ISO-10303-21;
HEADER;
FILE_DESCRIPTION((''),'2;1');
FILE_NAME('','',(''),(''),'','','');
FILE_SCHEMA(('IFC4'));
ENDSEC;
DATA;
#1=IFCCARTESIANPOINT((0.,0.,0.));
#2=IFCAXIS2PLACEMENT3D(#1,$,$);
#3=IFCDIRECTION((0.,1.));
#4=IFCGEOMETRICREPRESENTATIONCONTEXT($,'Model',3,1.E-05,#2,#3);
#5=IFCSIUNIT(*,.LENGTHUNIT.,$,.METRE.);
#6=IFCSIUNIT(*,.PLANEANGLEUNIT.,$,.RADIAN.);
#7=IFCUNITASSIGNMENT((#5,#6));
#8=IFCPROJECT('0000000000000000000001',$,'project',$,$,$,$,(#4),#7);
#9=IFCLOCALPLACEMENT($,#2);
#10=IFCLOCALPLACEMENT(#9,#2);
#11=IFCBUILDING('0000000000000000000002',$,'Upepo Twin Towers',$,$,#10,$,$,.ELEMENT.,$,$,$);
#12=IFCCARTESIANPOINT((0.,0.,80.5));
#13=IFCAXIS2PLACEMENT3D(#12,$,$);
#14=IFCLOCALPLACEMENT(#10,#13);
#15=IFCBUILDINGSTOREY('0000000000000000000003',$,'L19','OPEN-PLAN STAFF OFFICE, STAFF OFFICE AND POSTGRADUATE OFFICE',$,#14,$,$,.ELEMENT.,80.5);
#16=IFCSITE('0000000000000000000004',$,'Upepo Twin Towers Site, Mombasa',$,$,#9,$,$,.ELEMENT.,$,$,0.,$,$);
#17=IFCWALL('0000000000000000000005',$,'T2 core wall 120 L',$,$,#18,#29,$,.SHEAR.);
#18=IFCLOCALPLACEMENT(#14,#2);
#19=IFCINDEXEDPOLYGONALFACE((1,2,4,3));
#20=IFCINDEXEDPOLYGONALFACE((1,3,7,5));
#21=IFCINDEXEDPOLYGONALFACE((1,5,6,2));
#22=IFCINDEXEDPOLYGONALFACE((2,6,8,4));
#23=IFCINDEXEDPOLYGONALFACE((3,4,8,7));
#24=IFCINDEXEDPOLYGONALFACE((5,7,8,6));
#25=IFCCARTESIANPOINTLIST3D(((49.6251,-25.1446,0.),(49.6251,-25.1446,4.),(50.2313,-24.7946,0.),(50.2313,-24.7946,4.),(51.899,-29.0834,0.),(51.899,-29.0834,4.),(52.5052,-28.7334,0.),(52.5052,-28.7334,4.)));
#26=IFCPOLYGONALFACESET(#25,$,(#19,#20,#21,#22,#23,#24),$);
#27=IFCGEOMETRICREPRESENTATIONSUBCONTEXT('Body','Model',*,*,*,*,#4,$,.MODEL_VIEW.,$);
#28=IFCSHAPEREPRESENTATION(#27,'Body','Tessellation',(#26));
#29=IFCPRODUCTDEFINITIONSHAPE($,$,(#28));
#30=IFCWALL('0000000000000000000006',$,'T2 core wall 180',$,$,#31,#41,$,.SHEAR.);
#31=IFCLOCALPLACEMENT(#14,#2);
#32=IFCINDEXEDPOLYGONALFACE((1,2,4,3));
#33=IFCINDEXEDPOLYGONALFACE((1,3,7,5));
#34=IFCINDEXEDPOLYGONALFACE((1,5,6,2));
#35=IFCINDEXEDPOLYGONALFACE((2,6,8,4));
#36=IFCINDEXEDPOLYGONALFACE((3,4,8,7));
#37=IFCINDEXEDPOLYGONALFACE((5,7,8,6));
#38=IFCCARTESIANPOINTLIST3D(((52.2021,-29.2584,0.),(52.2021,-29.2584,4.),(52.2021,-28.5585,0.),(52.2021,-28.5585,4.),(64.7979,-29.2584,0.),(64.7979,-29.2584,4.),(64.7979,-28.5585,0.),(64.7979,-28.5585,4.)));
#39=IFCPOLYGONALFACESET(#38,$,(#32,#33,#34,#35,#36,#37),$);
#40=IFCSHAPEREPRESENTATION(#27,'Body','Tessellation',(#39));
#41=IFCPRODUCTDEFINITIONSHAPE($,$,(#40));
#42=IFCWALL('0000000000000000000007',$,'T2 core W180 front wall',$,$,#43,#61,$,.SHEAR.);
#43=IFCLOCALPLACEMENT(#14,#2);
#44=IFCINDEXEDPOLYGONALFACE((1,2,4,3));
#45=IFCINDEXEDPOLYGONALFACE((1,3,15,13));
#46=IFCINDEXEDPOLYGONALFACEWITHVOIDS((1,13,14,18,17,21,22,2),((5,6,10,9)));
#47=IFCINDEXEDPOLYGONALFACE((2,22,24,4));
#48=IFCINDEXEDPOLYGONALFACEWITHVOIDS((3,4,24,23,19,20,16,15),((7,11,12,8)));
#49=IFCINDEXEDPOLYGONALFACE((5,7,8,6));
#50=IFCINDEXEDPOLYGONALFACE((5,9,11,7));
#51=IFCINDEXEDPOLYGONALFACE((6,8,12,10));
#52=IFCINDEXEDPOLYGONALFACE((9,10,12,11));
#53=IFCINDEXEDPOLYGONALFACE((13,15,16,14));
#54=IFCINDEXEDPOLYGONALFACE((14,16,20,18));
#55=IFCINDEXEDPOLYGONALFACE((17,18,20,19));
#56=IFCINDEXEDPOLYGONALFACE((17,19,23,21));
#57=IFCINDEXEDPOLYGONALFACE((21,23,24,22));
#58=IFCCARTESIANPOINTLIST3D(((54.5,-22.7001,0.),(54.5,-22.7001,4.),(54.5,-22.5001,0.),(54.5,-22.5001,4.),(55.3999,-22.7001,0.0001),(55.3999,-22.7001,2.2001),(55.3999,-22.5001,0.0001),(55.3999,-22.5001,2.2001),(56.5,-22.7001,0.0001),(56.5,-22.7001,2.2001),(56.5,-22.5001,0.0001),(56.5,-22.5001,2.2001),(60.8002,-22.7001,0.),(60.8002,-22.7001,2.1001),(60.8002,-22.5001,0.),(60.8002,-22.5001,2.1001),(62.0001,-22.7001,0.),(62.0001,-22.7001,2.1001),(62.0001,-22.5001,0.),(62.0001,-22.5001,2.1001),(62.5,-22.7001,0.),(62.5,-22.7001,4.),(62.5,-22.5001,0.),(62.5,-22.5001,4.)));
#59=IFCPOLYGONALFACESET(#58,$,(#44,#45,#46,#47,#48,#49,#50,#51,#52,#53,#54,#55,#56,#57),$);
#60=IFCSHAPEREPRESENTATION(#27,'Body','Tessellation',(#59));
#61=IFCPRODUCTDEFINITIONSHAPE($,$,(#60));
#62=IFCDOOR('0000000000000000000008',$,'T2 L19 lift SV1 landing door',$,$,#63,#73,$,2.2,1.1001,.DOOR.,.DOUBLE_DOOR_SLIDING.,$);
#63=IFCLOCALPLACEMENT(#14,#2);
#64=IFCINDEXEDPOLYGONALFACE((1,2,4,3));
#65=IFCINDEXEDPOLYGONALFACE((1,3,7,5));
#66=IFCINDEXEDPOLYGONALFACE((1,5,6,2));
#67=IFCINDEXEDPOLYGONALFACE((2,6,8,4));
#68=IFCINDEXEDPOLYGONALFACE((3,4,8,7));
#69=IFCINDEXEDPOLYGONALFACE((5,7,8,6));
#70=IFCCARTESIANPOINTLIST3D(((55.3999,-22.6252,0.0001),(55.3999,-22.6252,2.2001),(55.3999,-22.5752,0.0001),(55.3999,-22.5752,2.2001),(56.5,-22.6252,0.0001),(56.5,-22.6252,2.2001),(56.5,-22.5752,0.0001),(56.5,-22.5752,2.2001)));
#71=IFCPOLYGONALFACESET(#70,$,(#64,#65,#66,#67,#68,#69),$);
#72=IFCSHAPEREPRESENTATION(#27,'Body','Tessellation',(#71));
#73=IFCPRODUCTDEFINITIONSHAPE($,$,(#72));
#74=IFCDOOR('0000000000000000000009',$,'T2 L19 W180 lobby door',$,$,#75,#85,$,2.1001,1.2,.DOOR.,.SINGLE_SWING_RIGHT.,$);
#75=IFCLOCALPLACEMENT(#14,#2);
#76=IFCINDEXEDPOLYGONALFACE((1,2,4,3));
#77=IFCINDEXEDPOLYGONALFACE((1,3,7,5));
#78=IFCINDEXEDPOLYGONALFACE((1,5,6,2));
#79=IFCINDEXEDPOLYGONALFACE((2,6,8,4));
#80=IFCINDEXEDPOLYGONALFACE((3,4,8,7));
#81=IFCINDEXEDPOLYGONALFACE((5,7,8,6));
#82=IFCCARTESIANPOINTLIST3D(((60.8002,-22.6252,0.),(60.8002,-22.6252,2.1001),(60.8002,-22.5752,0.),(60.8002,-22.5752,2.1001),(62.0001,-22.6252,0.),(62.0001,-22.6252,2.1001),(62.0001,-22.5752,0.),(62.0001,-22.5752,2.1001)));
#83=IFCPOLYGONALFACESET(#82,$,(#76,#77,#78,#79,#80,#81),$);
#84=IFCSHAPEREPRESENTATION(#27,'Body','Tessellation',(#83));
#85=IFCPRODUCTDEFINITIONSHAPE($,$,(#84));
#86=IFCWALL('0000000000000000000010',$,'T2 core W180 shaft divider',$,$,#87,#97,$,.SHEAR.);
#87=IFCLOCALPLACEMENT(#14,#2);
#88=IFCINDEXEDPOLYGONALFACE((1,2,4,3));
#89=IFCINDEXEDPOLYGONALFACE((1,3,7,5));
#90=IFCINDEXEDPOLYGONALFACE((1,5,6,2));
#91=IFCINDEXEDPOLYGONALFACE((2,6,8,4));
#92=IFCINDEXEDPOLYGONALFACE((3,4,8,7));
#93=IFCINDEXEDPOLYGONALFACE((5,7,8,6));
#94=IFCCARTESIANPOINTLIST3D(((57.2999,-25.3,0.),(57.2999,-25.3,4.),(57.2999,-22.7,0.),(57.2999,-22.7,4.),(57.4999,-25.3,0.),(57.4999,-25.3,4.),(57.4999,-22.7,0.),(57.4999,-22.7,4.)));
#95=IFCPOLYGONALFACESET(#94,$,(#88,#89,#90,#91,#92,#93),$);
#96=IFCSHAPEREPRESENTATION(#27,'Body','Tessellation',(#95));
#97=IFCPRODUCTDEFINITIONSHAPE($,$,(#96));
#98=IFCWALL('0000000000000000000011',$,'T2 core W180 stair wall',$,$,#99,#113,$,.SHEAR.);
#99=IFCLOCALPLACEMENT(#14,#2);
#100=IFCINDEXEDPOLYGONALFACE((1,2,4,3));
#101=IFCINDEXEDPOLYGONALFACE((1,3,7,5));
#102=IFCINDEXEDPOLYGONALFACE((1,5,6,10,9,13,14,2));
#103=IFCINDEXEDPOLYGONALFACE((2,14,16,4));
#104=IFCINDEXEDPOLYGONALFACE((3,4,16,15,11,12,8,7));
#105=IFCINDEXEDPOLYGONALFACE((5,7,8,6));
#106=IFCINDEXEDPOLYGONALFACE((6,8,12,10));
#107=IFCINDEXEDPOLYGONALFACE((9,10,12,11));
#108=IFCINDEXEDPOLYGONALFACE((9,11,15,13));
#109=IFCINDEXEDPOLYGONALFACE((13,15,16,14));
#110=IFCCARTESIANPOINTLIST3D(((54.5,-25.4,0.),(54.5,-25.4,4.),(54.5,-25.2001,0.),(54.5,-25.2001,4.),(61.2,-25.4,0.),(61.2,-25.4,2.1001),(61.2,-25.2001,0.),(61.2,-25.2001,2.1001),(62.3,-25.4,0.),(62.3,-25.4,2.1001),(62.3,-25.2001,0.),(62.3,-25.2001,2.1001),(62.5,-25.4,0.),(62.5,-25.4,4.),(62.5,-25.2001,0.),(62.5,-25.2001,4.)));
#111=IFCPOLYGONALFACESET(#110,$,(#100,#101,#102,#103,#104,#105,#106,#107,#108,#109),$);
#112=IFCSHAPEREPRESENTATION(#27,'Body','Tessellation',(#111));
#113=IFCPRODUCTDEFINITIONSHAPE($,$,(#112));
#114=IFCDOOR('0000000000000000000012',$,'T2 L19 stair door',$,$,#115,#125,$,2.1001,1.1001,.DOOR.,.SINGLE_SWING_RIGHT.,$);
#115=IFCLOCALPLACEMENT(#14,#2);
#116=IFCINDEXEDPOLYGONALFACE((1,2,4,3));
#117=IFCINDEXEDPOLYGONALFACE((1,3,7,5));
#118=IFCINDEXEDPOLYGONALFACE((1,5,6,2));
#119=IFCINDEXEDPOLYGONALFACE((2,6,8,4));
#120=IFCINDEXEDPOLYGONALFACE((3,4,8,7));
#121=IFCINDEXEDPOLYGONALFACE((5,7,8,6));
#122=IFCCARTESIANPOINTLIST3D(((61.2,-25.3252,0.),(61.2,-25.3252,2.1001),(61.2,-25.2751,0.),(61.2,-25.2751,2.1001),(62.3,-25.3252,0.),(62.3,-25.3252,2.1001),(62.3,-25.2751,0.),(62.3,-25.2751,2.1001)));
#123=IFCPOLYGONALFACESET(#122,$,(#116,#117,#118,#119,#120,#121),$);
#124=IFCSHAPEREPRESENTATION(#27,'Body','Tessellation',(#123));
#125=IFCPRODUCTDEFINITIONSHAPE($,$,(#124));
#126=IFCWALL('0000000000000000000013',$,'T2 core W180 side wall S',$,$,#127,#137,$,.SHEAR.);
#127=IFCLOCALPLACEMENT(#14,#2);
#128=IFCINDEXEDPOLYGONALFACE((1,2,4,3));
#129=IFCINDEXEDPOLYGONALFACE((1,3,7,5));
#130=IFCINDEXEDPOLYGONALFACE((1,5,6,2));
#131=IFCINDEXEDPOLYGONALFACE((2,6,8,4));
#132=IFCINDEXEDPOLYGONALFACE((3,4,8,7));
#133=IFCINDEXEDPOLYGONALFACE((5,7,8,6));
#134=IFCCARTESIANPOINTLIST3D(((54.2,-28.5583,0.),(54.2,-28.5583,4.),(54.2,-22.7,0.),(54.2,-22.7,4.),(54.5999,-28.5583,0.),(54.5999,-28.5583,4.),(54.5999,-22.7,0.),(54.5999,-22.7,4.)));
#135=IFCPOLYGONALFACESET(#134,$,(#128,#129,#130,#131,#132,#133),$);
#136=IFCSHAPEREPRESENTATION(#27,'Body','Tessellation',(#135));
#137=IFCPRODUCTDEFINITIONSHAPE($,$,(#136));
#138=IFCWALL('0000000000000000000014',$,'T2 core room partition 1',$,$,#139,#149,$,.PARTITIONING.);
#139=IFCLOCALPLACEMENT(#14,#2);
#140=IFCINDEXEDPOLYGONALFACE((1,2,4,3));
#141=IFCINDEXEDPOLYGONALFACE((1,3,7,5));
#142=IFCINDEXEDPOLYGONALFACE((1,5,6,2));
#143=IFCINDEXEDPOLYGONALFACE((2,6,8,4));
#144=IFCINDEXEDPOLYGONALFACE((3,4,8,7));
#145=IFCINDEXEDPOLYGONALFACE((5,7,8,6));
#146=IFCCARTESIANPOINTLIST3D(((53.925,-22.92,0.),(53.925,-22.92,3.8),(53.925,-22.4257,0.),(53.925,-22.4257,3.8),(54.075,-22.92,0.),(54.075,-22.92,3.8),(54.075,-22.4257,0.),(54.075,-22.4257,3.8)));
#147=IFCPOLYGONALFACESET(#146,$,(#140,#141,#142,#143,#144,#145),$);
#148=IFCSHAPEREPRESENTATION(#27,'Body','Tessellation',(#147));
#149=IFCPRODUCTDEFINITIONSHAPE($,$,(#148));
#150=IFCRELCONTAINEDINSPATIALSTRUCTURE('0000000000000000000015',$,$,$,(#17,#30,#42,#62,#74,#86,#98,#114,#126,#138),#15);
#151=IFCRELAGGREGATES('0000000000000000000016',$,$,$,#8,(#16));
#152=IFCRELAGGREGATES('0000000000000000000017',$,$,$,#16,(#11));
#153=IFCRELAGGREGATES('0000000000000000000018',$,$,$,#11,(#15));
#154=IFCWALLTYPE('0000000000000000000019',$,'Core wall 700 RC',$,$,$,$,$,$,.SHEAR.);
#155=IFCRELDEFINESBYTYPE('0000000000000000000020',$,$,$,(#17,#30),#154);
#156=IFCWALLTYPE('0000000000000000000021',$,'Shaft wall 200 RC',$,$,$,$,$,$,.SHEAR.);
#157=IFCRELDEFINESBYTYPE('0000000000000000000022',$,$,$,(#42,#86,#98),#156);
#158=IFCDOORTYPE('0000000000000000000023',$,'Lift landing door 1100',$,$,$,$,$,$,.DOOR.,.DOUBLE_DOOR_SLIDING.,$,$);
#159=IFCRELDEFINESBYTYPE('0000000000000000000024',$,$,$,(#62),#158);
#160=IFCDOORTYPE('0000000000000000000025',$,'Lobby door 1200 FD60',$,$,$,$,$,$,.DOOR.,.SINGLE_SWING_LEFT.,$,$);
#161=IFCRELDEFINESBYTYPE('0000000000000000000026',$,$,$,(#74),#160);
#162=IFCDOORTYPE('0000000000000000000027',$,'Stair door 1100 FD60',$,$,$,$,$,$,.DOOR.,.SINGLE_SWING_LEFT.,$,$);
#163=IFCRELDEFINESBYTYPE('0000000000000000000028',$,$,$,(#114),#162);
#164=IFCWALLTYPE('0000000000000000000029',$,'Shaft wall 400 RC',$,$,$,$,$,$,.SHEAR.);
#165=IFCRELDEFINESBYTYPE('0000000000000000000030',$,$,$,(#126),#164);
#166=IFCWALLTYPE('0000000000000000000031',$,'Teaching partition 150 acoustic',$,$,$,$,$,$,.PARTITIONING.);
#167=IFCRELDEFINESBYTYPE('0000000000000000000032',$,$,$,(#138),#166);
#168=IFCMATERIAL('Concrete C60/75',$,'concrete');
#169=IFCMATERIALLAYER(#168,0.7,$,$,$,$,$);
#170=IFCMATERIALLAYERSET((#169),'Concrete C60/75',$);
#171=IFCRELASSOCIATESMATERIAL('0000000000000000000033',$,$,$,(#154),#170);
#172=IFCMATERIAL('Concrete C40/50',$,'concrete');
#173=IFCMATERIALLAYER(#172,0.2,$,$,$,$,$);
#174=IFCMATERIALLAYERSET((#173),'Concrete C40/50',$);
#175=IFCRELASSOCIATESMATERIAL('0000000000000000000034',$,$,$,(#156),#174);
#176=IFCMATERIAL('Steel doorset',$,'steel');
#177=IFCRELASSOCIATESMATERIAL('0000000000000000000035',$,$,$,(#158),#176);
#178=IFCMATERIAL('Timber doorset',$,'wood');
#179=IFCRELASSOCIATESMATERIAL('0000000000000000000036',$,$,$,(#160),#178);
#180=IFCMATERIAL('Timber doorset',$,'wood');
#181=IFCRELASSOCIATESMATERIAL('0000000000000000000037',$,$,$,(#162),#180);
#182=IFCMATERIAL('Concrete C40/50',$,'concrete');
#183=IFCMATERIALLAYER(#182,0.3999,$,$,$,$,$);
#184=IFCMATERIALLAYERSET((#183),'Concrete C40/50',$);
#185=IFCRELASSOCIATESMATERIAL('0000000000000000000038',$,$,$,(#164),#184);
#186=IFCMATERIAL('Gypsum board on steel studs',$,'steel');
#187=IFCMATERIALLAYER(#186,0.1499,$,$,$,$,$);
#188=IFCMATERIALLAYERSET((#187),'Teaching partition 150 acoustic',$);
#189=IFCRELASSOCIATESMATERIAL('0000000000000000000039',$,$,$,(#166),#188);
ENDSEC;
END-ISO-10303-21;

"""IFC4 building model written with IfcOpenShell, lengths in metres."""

from ifc_helpers import new_model, si_unit, direction, frame, frame_2d, origin, place, context, subcontext, project, spatial, rectangle, extrude, material, layer, layer_set, type_object, element, fill, save


model = new_model("IFC4")

# Units and contexts
model_context = context("Model", 3, precision=1e-05, world=origin(), true_north=direction((0.0, 1.0)))
body_context = subcontext(model_context, "Body", "Model", "MODEL_VIEW")
ifc_project = project(units=[si_unit("LENGTHUNIT", "METRE"), si_unit("PLANEANGLEUNIT", "RADIAN")], contexts=[model_context])

# Site, building, storey
site_placement = place(None, origin())
site = spatial("IfcSite", under=ifc_project, at=site_placement, Name="Upepo Twin Towers Site, Mombasa", CompositionType="ELEMENT", RefElevation=0.0)
building_placement = place(site_placement, origin())
building = spatial("IfcBuilding", under=site, at=building_placement, Name="Upepo Twin Towers", CompositionType="ELEMENT")
storey_placement = place(building_placement, frame((0.0, 0.0, 80.5)))
storey = spatial("IfcBuildingStorey", under=building, at=storey_placement, Name="L19", Description="OPEN-PLAN STAFF OFFICE, STAFF OFFICE AND POSTGRADUATE OFFICE", CompositionType="ELEMENT", Elevation=80.5)

# Walls
ifc_material_1 = material(Name="Concrete C60/75", Category="concrete")
ifc_layer_1 = layer(ifc_material_1, 0.7)
ifc_layer_set_1 = layer_set([ifc_layer_1], Name="Concrete C60/75")
wall_type_1 = type_object("IfcWallType", Name="Core wall 700 RC", PredefinedType="SHEAR", material=ifc_layer_set_1)
wall_1_placement = place(storey_placement, frame((49.9282, -24.9697, 0.0), z_axis=(0.0, 0.0, 1.0), x_axis=(0.499984, -0.866035, 0.0)))
element("IfcWall", 1, at=wall_1_placement, inside=storey, type_object=wall_type_1, Name="T2 core wall 120 L", PredefinedType="SHEAR", context=body_context, shape_type="SweptSolid", body=[
    extrude(rectangle(XDim=4.5481, YDim=0.7, at=frame_2d((2.2739, 0.0))), origin(), (0.0, 0.0, 1.0), 4.0),
])
wall_2_placement = place(storey_placement, frame((52.2021, -28.9084, 0.0), z_axis=(0.0, 0.0, 1.0), x_axis=(1.0, 0.0, 0.0)))
element("IfcWall", 2, at=wall_2_placement, inside=storey, type_object=wall_type_1, Name="T2 core wall 180", PredefinedType="SHEAR", context=body_context, shape_type="SweptSolid", body=[
    extrude(rectangle(XDim=12.5957, YDim=0.7, at=frame_2d((6.2979, 0.0))), origin(), (0.0, 0.0, 1.0), 4.0),
])

# Wall, openings, doors
ifc_material_2 = material(Name="Concrete C40/50", Category="concrete")
ifc_layer_2 = layer(ifc_material_2, 0.2)
ifc_layer_set_2 = layer_set([ifc_layer_2], Name="Concrete C40/50")
wall_type_2 = type_object("IfcWallType", Name="Shaft wall 200 RC", PredefinedType="SHEAR", material=ifc_layer_set_2)
wall_3_placement = place(storey_placement, frame((54.5, -22.6001, 0.0), z_axis=(0.0, 0.0, 1.0), x_axis=(1.0, 0.0, 0.0)))
wall_3 = element("IfcWall", 3, at=wall_3_placement, inside=storey, type_object=wall_type_2, Name="T2 core W180 front wall", PredefinedType="SHEAR", context=body_context, shape_type="SweptSolid", body=[
    extrude(rectangle(XDim=8.0, YDim=0.2, at=frame_2d((4.0, 0.0))), origin(), (0.0, 0.0, 1.0), 4.0),
])
opening_1_placement = place(wall_3_placement, frame((6.3, 0.0, 0.0)))
opening_1 = element("IfcOpeningElement", 4, at=opening_1_placement, cuts=wall_3, PredefinedType="OPENING", context=body_context, shape_type="SweptSolid", body=[
    extrude(rectangle(XDim=1.2, YDim=2.1001, at=frame_2d((0.6001, 1.05))), frame((0.0, 0.1099, 0.0), z_axis=(0.0, -1.0, 0.0), x_axis=(1.0, 0.0, 0.0)), (0.0, 0.0, 1.0), 0.22),
])
opening_2_placement = place(wall_3_placement, frame((0.8999, 0.0, 0.0)))
opening_2 = element("IfcOpeningElement", 5, at=opening_2_placement, cuts=wall_3, PredefinedType="OPENING", context=body_context, shape_type="SweptSolid", body=[
    extrude(rectangle(XDim=1.1001, YDim=2.2, at=frame_2d((0.55, 1.1001))), frame((0.0, 0.1099, 0.0), z_axis=(0.0, -1.0, 0.0), x_axis=(1.0, 0.0, 0.0)), (0.0, 0.0, 1.0), 0.22),
])
ifc_material_3 = material(Name="Steel doorset", Category="steel")
door_type_1 = type_object("IfcDoorType", Name="Lift landing door 1100", OperationType="DOUBLE_DOOR_SLIDING", PredefinedType="DOOR", material=ifc_material_3)
door_1_placement = place(opening_2_placement, origin())
door_1 = element("IfcDoor", 6, at=door_1_placement, inside=storey, type_object=door_type_1, Name="T2 L19 lift SV1 landing door", OperationType="DOUBLE_DOOR_SLIDING", OverallHeight=2.2, OverallWidth=1.1001, PredefinedType="DOOR", context=body_context, shape_type="SweptSolid", body=[
    extrude(rectangle(XDim=1.1001, YDim=2.2, at=frame_2d((0.55, 1.1001))), frame((0.0, 0.0249, 0.0), z_axis=(0.0, -1.0, 0.0), x_axis=(1.0, 0.0, 0.0)), (0.0, 0.0, 1.0), 0.05),
])
fill(opening_2, door_1)
ifc_material_4 = material(Name="Timber doorset", Category="wood")
door_type_2 = type_object("IfcDoorType", Name="Lobby door 1200 FD60", OperationType="SINGLE_SWING_LEFT", PredefinedType="DOOR", material=ifc_material_4)
door_2_placement = place(opening_1_placement, origin())
door_2 = element("IfcDoor", 7, at=door_2_placement, inside=storey, type_object=door_type_2, Name="T2 L19 W180 lobby door", OperationType="SINGLE_SWING_RIGHT", OverallHeight=2.1001, OverallWidth=1.2, PredefinedType="DOOR", context=body_context, shape_type="SweptSolid", body=[
    extrude(rectangle(XDim=1.2, YDim=2.1001, at=frame_2d((0.6001, 1.05))), frame((0.0, 0.0249, 0.0), z_axis=(0.0, -1.0, 0.0), x_axis=(1.0, 0.0, 0.0)), (0.0, 0.0, 1.0), 0.05),
])
fill(opening_1, door_2)

# Wall
wall_4_placement = place(storey_placement, frame((57.3999, -22.7, 0.0), z_axis=(0.0, 0.0, 1.0), x_axis=(0.0, -1.0, 0.0)))
element("IfcWall", 8, at=wall_4_placement, inside=storey, type_object=wall_type_2, Name="T2 core W180 shaft divider", PredefinedType="SHEAR", context=body_context, shape_type="SweptSolid", body=[
    extrude(rectangle(XDim=2.6001, YDim=0.2, at=frame_2d((1.3, 0.0))), origin(), (0.0, 0.0, 1.0), 4.0),
])

# Wall, opening, door
wall_5_placement = place(storey_placement, frame((54.5, -25.3, 0.0), z_axis=(0.0, 0.0, 1.0), x_axis=(1.0, 0.0, 0.0)))
wall_5 = element("IfcWall", 9, at=wall_5_placement, inside=storey, type_object=wall_type_2, Name="T2 core W180 stair wall", PredefinedType="SHEAR", context=body_context, shape_type="SweptSolid", body=[
    extrude(rectangle(XDim=8.0, YDim=0.2, at=frame_2d((4.0, 0.0))), origin(), (0.0, 0.0, 1.0), 4.0),
])
opening_3_placement = place(wall_5_placement, frame((6.7, 0.0, 0.0)))
opening_3 = element("IfcOpeningElement", 10, at=opening_3_placement, cuts=wall_5, PredefinedType="OPENING", context=body_context, shape_type="SweptSolid", body=[
    extrude(rectangle(XDim=1.1001, YDim=2.1001, at=frame_2d((0.55, 1.05))), frame((0.0, 0.1099, 0.0), z_axis=(0.0, -1.0, 0.0), x_axis=(1.0, 0.0, 0.0)), (0.0, 0.0, 1.0), 0.22),
])
ifc_material_5 = material(Name="Timber doorset", Category="wood")
door_type_3 = type_object("IfcDoorType", Name="Stair door 1100 FD60", OperationType="SINGLE_SWING_LEFT", PredefinedType="DOOR", material=ifc_material_5)
door_3_placement = place(opening_3_placement, origin())
door_3 = element("IfcDoor", 11, at=door_3_placement, inside=storey, type_object=door_type_3, Name="T2 L19 stair door", OperationType="SINGLE_SWING_RIGHT", OverallHeight=2.1001, OverallWidth=1.1001, PredefinedType="DOOR", context=body_context, shape_type="SweptSolid", body=[
    extrude(rectangle(XDim=1.1001, YDim=2.1001, at=frame_2d((0.55, 1.05))), frame((0.0, 0.0249, 0.0), z_axis=(0.0, -1.0, 0.0), x_axis=(1.0, 0.0, 0.0)), (0.0, 0.0, 1.0), 0.05),
])
fill(opening_3, door_3)

# Walls
ifc_material_6 = material(Name="Concrete C40/50", Category="concrete")
ifc_layer_3 = layer(ifc_material_6, 0.3999)
ifc_layer_set_3 = layer_set([ifc_layer_3], Name="Concrete C40/50")
wall_type_3 = type_object("IfcWallType", Name="Shaft wall 400 RC", PredefinedType="SHEAR", material=ifc_layer_set_3)
wall_6_placement = place(storey_placement, frame((54.3999, -22.7, 0.0), z_axis=(0.0, 0.0, 1.0), x_axis=(0.0, -1.0, 0.0)))
element("IfcWall", 12, at=wall_6_placement, inside=storey, type_object=wall_type_3, Name="T2 core W180 side wall S", PredefinedType="SHEAR", context=body_context, shape_type="SweptSolid", body=[
    extrude(rectangle(XDim=5.8584, YDim=0.3999, at=frame_2d((2.9292, 0.0))), origin(), (0.0, 0.0, 1.0), 4.0),
])
ifc_material_7 = material(Name="Gypsum board on steel studs", Category="steel")
ifc_layer_4 = layer(ifc_material_7, 0.1499)
ifc_layer_set_4 = layer_set([ifc_layer_4], Name="Teaching partition 150 acoustic")
wall_type_4 = type_object("IfcWallType", Name="Teaching partition 150 acoustic", PredefinedType="PARTITIONING", material=ifc_layer_set_4)
wall_7_placement = place(storey_placement, frame((54.0, -22.9199, 0.0), z_axis=(0.0, 0.0, 1.0), x_axis=(0.0, 1.0, 0.0)))
element("IfcWall", 13, at=wall_7_placement, inside=storey, type_object=wall_type_4, Name="T2 core room partition 1", PredefinedType="PARTITIONING", context=body_context, shape_type="SweptSolid", body=[
    extrude(rectangle(XDim=0.4944, YDim=0.1499, at=frame_2d((0.2471, 0.0))), origin(), (0.0, 0.0, 1.0), 3.8),
])

save(model, "model.ifc")
